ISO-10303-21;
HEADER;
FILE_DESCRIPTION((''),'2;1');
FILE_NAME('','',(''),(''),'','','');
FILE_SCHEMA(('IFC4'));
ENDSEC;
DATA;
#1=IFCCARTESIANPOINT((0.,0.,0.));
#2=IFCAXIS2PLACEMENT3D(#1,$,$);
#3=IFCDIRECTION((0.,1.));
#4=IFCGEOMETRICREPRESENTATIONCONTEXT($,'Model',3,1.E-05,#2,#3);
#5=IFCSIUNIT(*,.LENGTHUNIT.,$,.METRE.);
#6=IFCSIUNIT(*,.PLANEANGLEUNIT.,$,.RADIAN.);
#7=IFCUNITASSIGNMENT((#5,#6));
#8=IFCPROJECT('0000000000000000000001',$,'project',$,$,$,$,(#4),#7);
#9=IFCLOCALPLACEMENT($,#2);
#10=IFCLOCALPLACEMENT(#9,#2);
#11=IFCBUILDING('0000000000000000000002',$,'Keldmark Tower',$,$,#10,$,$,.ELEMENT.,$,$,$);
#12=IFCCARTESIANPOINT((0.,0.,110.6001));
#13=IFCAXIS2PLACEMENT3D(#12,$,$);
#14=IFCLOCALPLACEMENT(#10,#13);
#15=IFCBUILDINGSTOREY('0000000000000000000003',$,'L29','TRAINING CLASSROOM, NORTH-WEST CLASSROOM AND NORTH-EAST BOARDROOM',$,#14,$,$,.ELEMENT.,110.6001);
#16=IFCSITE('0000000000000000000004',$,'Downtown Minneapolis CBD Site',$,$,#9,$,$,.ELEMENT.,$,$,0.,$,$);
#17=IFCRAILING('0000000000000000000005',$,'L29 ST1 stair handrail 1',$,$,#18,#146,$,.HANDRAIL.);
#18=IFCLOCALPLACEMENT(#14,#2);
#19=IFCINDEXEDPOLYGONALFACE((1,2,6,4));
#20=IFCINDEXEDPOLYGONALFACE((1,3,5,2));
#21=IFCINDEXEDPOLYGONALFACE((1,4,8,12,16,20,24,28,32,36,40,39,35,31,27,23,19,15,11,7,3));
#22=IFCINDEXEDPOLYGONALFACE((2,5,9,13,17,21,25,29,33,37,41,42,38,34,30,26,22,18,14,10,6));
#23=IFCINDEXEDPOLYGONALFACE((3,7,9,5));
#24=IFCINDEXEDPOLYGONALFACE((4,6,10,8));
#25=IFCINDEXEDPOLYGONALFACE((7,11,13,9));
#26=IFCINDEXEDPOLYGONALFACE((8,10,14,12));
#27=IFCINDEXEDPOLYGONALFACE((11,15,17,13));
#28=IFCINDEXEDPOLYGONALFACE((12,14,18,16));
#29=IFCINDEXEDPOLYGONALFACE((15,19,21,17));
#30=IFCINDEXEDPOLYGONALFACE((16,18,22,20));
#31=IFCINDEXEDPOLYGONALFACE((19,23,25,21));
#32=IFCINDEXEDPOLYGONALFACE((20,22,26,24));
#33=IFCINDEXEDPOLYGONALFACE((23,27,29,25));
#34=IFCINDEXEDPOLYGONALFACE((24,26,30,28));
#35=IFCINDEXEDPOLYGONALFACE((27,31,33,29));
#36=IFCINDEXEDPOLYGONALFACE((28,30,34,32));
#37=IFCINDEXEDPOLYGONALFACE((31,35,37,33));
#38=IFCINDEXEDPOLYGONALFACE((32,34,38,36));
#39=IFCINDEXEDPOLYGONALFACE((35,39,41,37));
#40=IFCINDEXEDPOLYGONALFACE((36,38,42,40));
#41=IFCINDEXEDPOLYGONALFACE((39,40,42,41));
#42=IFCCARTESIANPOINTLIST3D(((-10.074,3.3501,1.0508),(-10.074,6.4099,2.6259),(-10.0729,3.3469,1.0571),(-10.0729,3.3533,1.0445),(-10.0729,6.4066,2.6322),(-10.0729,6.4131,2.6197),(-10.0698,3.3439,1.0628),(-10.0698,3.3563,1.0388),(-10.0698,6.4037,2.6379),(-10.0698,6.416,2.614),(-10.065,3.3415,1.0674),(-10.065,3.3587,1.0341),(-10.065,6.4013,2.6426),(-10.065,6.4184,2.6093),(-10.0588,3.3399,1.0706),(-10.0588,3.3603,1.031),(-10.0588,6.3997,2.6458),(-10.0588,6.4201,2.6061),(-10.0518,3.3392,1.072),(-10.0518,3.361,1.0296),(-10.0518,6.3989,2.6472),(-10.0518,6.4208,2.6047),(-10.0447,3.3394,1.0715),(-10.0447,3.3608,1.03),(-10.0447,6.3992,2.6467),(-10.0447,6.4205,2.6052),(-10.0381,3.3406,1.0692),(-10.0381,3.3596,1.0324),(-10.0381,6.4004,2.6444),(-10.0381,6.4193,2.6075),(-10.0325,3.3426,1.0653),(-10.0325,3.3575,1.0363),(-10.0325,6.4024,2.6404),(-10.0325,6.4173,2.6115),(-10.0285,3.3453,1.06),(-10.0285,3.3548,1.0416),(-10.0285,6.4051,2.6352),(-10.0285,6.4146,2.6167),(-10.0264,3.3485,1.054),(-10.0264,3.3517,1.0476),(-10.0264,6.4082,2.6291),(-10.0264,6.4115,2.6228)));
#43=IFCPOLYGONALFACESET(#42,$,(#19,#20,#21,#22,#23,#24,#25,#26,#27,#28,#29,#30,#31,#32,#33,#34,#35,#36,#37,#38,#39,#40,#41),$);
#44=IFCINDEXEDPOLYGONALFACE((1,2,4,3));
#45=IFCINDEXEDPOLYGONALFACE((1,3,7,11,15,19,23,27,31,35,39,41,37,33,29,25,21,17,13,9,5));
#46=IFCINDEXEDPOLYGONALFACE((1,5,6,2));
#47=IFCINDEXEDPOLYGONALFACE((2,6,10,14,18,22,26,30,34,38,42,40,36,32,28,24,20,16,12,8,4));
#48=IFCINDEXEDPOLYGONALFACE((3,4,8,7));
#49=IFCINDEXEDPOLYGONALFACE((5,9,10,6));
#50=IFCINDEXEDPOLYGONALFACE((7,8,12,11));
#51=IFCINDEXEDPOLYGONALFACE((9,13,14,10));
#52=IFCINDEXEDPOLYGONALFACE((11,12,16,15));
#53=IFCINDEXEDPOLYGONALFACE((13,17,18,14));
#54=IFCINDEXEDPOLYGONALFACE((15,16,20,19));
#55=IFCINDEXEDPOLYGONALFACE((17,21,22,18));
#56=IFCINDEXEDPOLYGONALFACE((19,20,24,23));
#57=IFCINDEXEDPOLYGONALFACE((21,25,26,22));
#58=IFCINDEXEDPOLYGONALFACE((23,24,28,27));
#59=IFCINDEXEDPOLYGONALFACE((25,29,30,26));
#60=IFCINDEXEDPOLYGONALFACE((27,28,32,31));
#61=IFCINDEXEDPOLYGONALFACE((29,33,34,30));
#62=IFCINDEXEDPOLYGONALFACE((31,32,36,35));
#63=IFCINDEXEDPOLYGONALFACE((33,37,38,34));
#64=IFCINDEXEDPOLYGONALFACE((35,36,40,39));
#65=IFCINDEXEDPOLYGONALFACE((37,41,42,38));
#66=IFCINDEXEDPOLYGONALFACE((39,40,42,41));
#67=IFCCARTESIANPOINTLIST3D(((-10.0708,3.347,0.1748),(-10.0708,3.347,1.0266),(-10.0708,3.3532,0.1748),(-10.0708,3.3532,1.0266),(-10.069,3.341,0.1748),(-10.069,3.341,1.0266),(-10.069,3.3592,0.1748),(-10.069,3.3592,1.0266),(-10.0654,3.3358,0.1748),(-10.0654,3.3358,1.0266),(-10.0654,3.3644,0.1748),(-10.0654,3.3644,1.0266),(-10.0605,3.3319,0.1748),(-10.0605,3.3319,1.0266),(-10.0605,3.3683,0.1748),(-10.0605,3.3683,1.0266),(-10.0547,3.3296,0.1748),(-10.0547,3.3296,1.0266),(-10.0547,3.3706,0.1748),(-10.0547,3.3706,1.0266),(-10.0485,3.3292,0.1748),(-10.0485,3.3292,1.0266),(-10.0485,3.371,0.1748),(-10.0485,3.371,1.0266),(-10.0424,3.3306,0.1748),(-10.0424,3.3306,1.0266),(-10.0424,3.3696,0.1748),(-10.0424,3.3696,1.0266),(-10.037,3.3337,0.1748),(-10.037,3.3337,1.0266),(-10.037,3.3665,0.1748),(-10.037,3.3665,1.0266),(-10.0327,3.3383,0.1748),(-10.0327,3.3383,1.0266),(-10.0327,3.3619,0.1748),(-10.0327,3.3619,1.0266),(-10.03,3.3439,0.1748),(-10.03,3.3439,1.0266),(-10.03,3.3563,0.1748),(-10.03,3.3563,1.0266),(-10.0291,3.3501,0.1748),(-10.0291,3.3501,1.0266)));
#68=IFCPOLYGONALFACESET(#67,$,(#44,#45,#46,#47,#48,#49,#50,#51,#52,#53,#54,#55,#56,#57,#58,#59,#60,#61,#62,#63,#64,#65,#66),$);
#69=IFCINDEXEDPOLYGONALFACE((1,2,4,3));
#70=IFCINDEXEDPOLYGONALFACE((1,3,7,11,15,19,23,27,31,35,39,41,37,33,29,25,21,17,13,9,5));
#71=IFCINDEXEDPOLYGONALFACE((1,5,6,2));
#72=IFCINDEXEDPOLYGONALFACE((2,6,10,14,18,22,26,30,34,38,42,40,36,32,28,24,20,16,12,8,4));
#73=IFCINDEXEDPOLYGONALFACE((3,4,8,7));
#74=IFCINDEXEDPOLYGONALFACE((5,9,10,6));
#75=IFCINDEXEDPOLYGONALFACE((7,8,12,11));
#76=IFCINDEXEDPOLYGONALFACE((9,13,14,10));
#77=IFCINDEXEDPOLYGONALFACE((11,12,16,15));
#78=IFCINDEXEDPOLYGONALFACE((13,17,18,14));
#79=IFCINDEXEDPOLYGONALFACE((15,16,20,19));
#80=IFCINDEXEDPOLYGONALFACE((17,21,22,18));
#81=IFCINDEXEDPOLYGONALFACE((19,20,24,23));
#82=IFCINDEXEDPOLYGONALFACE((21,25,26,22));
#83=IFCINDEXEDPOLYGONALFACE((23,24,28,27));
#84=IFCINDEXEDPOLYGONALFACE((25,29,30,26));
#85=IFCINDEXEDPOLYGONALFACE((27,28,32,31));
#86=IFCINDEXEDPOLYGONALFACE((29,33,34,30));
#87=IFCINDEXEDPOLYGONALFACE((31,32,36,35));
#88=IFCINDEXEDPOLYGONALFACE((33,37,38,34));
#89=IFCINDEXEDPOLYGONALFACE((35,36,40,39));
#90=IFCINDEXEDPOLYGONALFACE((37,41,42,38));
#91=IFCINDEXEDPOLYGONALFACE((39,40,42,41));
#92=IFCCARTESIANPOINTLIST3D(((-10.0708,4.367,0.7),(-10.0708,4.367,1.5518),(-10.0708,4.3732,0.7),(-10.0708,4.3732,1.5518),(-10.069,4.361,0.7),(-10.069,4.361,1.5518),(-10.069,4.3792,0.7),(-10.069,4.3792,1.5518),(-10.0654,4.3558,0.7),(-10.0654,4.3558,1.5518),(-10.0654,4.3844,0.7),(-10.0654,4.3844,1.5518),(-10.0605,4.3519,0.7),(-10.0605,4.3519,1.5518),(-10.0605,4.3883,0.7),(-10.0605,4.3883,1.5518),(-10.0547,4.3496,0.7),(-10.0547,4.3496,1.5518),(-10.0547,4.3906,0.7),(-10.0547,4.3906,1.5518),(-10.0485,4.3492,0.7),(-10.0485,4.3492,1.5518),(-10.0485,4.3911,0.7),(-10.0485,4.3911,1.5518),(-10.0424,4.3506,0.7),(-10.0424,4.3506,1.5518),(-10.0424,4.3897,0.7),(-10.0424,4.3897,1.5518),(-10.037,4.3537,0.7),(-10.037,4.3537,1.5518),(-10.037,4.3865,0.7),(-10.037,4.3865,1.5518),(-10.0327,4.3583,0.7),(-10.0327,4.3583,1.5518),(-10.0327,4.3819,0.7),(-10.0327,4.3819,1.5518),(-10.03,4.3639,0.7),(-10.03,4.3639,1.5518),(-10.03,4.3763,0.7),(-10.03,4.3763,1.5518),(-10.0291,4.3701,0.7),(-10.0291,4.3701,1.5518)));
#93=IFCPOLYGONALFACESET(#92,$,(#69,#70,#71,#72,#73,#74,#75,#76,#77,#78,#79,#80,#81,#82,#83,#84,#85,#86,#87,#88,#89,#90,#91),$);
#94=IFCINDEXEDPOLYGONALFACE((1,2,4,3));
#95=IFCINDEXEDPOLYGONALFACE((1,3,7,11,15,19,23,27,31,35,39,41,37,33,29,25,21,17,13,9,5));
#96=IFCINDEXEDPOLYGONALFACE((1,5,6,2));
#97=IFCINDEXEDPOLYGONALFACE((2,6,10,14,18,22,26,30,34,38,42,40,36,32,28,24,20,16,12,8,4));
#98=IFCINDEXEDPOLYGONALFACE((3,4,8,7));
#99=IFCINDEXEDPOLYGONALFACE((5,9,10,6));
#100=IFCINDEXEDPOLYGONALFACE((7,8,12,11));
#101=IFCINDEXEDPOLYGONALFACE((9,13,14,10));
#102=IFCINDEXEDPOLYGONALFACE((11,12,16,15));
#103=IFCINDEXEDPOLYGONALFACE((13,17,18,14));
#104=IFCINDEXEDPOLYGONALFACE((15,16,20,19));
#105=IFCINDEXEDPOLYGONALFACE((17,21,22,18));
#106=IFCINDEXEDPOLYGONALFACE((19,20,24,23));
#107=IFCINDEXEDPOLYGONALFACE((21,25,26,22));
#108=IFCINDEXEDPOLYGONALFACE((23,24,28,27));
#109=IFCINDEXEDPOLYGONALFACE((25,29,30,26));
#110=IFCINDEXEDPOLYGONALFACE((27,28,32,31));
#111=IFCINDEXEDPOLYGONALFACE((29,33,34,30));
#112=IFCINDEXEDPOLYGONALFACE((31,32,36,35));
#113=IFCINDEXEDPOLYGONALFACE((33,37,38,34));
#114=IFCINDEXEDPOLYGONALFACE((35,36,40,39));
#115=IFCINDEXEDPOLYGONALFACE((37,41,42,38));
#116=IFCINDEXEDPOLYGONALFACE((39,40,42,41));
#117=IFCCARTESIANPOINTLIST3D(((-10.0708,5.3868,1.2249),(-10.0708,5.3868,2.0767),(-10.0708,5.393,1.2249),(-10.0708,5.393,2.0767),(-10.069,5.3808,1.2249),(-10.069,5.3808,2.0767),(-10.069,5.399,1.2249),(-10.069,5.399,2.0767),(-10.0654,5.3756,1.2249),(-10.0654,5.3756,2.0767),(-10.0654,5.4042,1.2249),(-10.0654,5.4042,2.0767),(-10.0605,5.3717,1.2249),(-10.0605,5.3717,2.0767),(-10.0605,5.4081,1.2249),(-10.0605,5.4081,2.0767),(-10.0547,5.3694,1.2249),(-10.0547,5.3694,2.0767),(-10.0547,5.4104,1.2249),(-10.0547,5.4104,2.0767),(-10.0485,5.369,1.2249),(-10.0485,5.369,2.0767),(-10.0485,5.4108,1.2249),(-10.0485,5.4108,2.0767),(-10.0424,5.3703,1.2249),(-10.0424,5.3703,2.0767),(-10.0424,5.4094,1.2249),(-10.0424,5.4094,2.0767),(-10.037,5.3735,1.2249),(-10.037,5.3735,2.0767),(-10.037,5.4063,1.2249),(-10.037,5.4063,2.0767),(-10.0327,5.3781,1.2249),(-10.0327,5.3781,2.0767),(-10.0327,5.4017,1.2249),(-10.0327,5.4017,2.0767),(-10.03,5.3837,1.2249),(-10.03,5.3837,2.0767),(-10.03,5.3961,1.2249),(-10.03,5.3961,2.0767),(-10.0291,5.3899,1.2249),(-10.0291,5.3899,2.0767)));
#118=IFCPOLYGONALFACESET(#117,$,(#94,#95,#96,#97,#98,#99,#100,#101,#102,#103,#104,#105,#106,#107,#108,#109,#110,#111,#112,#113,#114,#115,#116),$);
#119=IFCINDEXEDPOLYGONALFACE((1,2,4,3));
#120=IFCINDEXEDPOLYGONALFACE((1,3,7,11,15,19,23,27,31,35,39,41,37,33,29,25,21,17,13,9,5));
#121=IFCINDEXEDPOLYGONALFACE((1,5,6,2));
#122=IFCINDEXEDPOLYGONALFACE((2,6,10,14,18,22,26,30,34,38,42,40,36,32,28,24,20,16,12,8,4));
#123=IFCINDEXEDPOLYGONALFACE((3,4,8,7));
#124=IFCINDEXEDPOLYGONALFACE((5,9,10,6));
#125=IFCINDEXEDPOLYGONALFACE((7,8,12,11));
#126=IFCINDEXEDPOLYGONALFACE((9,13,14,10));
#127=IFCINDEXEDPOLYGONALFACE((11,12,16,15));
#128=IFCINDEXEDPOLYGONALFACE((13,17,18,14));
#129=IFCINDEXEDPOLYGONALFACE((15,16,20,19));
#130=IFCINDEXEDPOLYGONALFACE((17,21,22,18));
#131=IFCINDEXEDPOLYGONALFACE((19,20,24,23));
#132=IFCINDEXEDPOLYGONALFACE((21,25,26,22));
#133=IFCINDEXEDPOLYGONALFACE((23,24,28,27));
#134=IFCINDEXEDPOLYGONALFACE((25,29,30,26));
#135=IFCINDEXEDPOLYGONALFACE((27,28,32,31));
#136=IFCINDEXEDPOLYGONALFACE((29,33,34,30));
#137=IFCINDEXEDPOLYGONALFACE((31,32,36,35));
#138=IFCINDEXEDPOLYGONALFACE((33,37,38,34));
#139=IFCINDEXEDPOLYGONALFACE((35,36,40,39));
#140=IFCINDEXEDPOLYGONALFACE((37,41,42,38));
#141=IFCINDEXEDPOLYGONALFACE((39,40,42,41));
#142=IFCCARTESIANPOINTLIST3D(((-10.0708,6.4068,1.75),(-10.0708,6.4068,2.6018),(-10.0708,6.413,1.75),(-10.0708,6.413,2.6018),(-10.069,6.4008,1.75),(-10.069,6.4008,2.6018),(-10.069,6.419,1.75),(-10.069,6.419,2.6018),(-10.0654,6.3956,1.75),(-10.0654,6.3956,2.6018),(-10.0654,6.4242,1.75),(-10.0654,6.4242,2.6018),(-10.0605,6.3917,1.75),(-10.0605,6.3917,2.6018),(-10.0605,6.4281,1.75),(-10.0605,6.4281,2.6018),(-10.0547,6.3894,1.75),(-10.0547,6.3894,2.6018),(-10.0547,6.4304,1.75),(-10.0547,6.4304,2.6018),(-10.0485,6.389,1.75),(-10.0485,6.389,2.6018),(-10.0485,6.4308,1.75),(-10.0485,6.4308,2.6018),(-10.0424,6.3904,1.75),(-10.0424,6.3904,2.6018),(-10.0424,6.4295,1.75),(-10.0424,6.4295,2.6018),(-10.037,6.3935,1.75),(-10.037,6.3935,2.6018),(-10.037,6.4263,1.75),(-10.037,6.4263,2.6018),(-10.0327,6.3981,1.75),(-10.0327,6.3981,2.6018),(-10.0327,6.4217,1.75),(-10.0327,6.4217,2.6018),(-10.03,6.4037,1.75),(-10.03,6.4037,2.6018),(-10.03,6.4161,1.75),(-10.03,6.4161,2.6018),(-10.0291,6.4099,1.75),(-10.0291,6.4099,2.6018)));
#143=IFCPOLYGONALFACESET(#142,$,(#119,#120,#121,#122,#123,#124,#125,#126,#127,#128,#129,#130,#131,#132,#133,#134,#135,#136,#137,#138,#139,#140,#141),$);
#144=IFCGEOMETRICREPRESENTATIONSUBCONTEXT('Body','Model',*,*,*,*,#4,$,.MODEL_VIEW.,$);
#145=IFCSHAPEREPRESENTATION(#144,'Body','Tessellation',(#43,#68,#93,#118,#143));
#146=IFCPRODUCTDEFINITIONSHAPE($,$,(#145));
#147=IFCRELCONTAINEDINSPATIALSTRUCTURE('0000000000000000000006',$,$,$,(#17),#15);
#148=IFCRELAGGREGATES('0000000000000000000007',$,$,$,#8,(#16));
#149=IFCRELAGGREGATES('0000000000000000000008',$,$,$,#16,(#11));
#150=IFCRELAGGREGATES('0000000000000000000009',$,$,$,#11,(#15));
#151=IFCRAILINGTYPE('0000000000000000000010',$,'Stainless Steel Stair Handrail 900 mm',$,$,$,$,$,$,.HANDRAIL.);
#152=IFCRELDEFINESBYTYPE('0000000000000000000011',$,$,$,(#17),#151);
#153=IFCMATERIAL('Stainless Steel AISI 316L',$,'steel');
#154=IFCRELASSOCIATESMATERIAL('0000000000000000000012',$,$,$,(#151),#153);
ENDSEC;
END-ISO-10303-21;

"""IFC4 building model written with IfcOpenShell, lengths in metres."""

from ifc_helpers import new_model, si_unit, direction, frame, origin, origin_2d, place, context, subcontext, project, spatial, circle, extrude, material, type_object, element, save


model = new_model("IFC4")

# Units and contexts
model_context = context("Model", 3, precision=1e-05, world=origin(), true_north=direction((0.0, 1.0)))
body_context = subcontext(model_context, "Body", "Model", "MODEL_VIEW")
ifc_project = project(units=[si_unit("LENGTHUNIT", "METRE"), si_unit("PLANEANGLEUNIT", "RADIAN")], contexts=[model_context])

# Site, building, storey
site_placement = place(None, origin())
site = spatial("IfcSite", under=ifc_project, at=site_placement, Name="Downtown Minneapolis CBD Site", CompositionType="ELEMENT", RefElevation=0.0)
building_placement = place(site_placement, origin())
building = spatial("IfcBuilding", under=site, at=building_placement, Name="Keldmark Tower", CompositionType="ELEMENT")
storey_placement = place(building_placement, frame((0.0, 0.0, 110.6001)))
storey = spatial("IfcBuildingStorey", under=building, at=storey_placement, Name="L29", Description="TRAINING CLASSROOM, NORTH-WEST CLASSROOM AND NORTH-EAST BOARDROOM", CompositionType="ELEMENT", Elevation=110.6001)

# Railing
ifc_material_1 = material(Name="Stainless Steel AISI 316L", Category="steel")
railing_type_1 = type_object("IfcRailingType", Name="Stainless Steel Stair Handrail 900 mm", PredefinedType="HANDRAIL", material=ifc_material_1)
railing_1_placement = place(storey_placement, frame((-10.05, 3.3501, 0.1748)))
element("IfcRailing", 1, at=railing_1_placement, inside=storey, type_object=railing_type_1, Name="L29 ST1 stair handrail 1", PredefinedType="HANDRAIL", context=body_context, shape_type="SweptSolid", body=[
    extrude(circle(Radius=0.0239, at=origin_2d()), frame((0.0, 0.0, 0.876), z_axis=(0.0, 0.889101, 0.45771), x_axis=(-1.0, 0.0, 0.0)), (0.0, 0.0, 1.0), 3.4414),
    extrude(circle(Radius=0.021, at=origin_2d()), origin(), (0.0, 0.0, 1.0), 0.8518),
    extrude(circle(Radius=0.021, at=origin_2d()), frame((0.0, 1.02, 0.5251)), (0.0, 0.0, 1.0), 0.8518),
    extrude(circle(Radius=0.021, at=origin_2d()), frame((0.0, 2.0398, 1.05)), (0.0, 0.0, 1.0), 0.8518),
    extrude(circle(Radius=0.021, at=origin_2d()), frame((0.0, 3.0598, 1.5752)), (0.0, 0.0, 1.0), 0.8518),
])

save(model, "model.ifc")
